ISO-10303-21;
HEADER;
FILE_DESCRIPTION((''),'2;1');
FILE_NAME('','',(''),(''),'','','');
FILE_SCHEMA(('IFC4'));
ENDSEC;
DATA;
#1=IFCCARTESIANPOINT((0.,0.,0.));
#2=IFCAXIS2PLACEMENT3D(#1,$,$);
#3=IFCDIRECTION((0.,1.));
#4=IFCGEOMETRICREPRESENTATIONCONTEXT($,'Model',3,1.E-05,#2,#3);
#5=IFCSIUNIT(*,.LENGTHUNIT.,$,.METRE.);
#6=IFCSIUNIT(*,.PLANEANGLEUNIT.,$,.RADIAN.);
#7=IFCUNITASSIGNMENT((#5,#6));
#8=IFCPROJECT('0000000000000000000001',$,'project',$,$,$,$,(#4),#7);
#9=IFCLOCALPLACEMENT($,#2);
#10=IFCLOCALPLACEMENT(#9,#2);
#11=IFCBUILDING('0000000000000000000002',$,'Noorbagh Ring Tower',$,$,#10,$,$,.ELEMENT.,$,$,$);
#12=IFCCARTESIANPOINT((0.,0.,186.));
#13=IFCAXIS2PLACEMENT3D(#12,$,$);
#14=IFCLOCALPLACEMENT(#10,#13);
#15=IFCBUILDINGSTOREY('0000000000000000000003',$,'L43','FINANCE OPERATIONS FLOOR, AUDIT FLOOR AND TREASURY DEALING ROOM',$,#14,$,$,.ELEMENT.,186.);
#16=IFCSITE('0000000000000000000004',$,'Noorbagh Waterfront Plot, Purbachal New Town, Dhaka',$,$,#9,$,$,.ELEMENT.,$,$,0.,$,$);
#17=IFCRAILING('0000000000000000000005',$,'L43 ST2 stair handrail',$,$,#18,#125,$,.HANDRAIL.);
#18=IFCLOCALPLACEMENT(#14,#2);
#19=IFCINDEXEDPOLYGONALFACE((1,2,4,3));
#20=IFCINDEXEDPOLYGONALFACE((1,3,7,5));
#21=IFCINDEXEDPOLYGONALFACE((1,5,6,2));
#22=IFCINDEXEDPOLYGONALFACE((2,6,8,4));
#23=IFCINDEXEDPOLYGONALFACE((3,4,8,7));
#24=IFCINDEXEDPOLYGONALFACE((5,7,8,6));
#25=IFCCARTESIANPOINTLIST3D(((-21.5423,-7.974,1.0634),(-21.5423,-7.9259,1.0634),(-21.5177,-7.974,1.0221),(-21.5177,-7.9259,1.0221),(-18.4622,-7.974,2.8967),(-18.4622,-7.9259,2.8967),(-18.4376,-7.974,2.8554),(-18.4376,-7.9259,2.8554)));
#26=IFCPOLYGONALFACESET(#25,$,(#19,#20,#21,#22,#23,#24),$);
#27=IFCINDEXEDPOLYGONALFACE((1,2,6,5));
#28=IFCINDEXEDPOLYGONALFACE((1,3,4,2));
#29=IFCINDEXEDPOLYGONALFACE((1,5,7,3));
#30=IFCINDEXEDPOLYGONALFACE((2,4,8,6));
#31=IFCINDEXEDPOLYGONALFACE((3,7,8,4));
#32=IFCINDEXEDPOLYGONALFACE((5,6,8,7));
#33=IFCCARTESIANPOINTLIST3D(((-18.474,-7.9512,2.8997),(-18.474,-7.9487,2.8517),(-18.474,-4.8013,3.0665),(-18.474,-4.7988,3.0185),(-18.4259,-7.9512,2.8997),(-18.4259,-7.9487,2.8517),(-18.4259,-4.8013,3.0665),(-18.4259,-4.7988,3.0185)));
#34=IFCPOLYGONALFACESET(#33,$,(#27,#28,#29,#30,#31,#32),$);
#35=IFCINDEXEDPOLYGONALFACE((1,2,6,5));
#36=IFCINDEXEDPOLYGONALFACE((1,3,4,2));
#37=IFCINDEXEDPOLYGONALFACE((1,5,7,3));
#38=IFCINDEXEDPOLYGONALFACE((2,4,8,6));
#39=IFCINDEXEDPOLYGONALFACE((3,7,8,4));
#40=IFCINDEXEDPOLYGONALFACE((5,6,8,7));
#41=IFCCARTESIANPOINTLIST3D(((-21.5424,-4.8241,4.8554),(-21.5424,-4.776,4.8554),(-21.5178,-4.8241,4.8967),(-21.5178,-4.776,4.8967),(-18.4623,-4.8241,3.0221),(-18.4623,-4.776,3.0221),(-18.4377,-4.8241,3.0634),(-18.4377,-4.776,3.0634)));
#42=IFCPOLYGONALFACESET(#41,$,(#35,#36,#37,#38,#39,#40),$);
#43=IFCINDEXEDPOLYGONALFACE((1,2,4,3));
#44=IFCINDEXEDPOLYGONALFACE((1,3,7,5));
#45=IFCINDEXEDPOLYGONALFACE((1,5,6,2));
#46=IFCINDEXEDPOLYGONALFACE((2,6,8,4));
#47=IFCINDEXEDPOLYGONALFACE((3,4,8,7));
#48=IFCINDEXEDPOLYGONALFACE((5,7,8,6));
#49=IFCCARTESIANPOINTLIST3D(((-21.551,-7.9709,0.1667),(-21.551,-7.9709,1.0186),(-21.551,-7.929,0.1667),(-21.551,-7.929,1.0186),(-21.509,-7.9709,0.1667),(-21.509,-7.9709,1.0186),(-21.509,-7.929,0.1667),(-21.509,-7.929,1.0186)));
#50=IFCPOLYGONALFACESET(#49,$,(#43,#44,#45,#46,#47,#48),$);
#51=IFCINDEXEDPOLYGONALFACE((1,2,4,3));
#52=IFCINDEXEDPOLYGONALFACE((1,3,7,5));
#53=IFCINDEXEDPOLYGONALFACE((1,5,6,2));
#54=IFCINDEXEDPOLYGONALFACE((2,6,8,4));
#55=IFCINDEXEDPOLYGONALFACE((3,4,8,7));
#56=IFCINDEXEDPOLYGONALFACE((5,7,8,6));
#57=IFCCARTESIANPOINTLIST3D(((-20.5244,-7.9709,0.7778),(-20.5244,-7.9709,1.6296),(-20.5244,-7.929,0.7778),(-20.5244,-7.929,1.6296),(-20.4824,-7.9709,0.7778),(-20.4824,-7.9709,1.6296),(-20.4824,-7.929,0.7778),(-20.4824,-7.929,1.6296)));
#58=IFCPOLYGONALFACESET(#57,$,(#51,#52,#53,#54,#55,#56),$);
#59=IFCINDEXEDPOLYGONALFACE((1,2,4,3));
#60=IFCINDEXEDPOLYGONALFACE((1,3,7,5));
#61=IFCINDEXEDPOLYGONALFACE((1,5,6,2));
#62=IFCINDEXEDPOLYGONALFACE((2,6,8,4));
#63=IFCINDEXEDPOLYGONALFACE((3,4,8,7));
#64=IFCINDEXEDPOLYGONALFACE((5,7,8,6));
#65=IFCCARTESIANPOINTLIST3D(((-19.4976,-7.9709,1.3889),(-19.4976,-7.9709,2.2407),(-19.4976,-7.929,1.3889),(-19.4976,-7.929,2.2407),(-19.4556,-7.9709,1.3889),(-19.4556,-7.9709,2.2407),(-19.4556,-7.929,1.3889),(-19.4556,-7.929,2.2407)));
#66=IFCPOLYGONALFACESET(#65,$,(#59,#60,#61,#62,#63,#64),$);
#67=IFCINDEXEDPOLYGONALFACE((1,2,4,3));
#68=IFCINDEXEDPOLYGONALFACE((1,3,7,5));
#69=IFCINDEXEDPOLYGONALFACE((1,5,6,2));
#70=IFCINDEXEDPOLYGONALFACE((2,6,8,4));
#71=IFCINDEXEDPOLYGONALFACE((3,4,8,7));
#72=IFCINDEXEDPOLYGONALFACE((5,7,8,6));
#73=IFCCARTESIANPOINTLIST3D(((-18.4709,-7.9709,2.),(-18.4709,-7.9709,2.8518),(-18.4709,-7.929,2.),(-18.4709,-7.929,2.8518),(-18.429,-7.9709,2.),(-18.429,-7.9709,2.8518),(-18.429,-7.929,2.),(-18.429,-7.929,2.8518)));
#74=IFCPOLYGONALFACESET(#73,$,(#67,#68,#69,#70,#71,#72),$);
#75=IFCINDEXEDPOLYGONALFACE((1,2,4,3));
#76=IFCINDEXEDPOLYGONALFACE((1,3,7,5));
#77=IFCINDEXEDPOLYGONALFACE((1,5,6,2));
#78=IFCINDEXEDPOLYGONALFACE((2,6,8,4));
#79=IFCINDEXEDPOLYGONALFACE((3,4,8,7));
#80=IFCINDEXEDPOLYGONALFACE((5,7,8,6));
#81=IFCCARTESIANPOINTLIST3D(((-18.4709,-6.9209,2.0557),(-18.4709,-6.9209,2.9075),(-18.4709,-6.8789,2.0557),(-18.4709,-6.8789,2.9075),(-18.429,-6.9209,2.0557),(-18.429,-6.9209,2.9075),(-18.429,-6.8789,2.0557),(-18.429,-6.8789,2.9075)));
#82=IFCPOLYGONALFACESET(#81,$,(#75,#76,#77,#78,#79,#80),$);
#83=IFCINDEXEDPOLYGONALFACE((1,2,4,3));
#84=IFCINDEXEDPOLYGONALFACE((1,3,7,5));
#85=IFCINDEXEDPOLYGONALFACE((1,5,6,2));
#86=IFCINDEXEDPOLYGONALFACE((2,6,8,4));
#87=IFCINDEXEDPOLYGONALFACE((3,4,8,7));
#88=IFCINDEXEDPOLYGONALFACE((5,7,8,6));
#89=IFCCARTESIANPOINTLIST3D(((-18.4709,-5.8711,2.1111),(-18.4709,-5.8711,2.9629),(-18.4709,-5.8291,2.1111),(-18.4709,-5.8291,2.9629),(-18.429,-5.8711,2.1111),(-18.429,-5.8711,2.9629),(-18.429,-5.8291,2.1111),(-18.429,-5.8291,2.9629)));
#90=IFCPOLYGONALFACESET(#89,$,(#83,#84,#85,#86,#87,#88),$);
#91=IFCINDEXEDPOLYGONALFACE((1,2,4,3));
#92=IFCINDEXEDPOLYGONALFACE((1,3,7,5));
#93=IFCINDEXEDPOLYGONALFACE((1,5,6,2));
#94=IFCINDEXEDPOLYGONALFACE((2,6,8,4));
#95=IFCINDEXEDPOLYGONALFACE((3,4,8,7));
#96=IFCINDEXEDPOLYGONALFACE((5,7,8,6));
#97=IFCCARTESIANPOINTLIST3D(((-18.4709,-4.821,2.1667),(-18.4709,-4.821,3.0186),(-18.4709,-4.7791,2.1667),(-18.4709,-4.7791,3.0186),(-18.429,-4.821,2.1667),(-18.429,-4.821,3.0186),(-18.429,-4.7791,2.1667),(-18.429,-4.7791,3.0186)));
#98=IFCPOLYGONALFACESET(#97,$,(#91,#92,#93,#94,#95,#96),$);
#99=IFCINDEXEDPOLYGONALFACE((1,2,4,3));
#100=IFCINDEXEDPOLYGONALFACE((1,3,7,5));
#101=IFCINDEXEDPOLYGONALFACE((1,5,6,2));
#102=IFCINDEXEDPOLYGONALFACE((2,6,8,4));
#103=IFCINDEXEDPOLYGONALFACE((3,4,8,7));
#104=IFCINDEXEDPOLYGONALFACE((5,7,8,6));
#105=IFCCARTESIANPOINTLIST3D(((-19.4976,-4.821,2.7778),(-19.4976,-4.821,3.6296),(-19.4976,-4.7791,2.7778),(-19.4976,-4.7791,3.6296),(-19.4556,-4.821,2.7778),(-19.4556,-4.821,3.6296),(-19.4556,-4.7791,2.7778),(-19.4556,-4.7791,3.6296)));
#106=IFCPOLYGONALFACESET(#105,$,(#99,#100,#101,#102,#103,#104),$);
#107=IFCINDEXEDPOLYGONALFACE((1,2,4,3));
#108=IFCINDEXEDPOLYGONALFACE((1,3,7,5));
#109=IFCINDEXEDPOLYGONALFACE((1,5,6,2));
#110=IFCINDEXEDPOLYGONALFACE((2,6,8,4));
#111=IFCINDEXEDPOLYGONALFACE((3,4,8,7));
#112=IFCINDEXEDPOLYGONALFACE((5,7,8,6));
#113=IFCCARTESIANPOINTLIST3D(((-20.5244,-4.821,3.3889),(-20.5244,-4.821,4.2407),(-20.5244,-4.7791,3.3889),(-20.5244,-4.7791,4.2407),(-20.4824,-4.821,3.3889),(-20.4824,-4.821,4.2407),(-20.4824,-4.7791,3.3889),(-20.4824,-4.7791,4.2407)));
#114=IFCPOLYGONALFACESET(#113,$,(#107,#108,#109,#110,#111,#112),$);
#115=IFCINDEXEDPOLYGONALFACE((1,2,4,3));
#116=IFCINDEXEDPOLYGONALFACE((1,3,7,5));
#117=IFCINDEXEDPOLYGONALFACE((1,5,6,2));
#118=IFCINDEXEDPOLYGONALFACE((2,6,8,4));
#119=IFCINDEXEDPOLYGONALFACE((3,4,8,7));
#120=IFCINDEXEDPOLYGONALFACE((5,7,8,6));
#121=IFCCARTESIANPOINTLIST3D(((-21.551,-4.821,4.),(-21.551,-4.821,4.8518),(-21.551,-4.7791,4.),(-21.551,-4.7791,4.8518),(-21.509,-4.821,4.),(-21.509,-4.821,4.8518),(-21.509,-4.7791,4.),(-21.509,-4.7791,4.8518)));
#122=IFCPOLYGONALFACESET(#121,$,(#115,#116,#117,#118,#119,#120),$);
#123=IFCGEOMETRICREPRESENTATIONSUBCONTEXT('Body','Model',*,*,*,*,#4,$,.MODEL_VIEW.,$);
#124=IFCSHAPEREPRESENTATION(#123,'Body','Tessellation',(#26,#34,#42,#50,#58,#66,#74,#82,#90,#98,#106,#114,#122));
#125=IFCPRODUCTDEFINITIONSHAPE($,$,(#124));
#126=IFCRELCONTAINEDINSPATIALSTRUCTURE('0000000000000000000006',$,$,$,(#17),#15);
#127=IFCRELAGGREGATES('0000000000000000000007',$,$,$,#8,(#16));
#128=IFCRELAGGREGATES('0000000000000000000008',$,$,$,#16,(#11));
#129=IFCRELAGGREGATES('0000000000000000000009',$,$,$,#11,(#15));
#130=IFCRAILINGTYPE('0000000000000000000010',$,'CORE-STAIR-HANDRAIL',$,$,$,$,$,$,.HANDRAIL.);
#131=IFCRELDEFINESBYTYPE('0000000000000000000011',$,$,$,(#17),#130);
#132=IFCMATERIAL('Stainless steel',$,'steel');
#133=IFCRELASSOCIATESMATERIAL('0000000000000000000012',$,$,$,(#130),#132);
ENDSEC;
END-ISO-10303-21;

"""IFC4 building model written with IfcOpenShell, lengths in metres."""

from ifc_helpers import new_model, si_unit, direction, frame, origin, origin_2d, place, context, subcontext, project, spatial, rectangle, extrude, material, type_object, element, save


model = new_model("IFC4")

# Units and contexts
model_context = context("Model", 3, precision=1e-05, world=origin(), true_north=direction((0.0, 1.0)))
body_context = subcontext(model_context, "Body", "Model", "MODEL_VIEW")
ifc_project = project(units=[si_unit("LENGTHUNIT", "METRE"), si_unit("PLANEANGLEUNIT", "RADIAN")], contexts=[model_context])

# Site, building, storey
site_placement = place(None, origin())
site = spatial("IfcSite", under=ifc_project, at=site_placement, Name="Noorbagh Waterfront Plot, Purbachal New Town, Dhaka", CompositionType="ELEMENT", RefElevation=0.0)
building_placement = place(site_placement, origin())
building = spatial("IfcBuilding", under=site, at=building_placement, Name="Noorbagh Ring Tower", CompositionType="ELEMENT")
storey_placement = place(building_placement, frame((0.0, 0.0, 186.0)))
storey = spatial("IfcBuildingStorey", under=building, at=storey_placement, Name="L43", Description="FINANCE OPERATIONS FLOOR, AUDIT FLOOR AND TREASURY DEALING ROOM", CompositionType="ELEMENT", Elevation=186.0)

# Railing
ifc_material_1 = material(Name="Stainless steel", Category="steel")
railing_type_1 = type_object("IfcRailingType", Name="CORE-STAIR-HANDRAIL", PredefinedType="HANDRAIL", material=ifc_material_1)
railing_1_placement = place(storey_placement, frame((-21.53, -7.95, 0.1667)))
element("IfcRailing", 1, at=railing_1_placement, inside=storey, type_object=railing_type_1, Name="L43 ST2 stair handrail", PredefinedType="HANDRAIL", context=body_context, shape_type="SweptSolid", body=[
    extrude(rectangle(XDim=0.0481, YDim=0.0481, at=origin_2d()), frame((0.0, 0.0, 0.876), z_axis=(0.859309, 0.0, 0.511458), x_axis=(0.0, 1.0, 0.0)), (0.0, 0.0, 1.0), 3.5845),
    extrude(rectangle(XDim=0.0481, YDim=0.0481, at=origin_2d()), frame((3.0801, 0.0, 2.709), z_axis=(0.0, 0.998602, 0.052864), x_axis=(-1.0, 0.0, 0.0)), (0.0, 0.0, 1.0), 3.1543),
    extrude(rectangle(XDim=0.0481, YDim=0.0481, at=origin_2d()), frame((3.0801, 3.1499, 2.876), z_axis=(-0.859309, 0.0, 0.511458), x_axis=(0.0, -1.0, 0.0)), (0.0, 0.0, 1.0), 3.5845),
    extrude(rectangle(XDim=0.042, YDim=0.042, at=origin_2d()), origin(), (0.0, 0.0, 1.0), 0.8518),
    extrude(rectangle(XDim=0.042, YDim=0.042, at=origin_2d()), frame((1.0266, 0.0, 0.6111)), (0.0, 0.0, 1.0), 0.8518),
    extrude(rectangle(XDim=0.042, YDim=0.042, at=origin_2d()), frame((2.0535, 0.0, 1.2222)), (0.0, 0.0, 1.0), 0.8518),
    extrude(rectangle(XDim=0.042, YDim=0.042, at=origin_2d()), frame((3.0801, 0.0, 1.8333)), (0.0, 0.0, 1.0), 0.8518),
    extrude(rectangle(XDim=0.042, YDim=0.042, at=origin_2d()), frame((3.0801, 1.05, 1.8889)), (0.0, 0.0, 1.0), 0.8518),
    extrude(rectangle(XDim=0.042, YDim=0.042, at=origin_2d()), frame((3.0801, 2.0999, 1.9443)), (0.0, 0.0, 1.0), 0.8518),
    extrude(rectangle(XDim=0.042, YDim=0.042, at=origin_2d()), frame((3.0801, 3.1499, 2.0)), (0.0, 0.0, 1.0), 0.8518),
    extrude(rectangle(XDim=0.042, YDim=0.042, at=origin_2d()), frame((2.0535, 3.1499, 2.6111)), (0.0, 0.0, 1.0), 0.8518),
    extrude(rectangle(XDim=0.042, YDim=0.042, at=origin_2d()), frame((1.0266, 3.1499, 3.2222)), (0.0, 0.0, 1.0), 0.8518),
    extrude(rectangle(XDim=0.042, YDim=0.042, at=origin_2d()), frame((0.0, 3.1499, 3.8333)), (0.0, 0.0, 1.0), 0.8518),
])

save(model, "model.ifc")
